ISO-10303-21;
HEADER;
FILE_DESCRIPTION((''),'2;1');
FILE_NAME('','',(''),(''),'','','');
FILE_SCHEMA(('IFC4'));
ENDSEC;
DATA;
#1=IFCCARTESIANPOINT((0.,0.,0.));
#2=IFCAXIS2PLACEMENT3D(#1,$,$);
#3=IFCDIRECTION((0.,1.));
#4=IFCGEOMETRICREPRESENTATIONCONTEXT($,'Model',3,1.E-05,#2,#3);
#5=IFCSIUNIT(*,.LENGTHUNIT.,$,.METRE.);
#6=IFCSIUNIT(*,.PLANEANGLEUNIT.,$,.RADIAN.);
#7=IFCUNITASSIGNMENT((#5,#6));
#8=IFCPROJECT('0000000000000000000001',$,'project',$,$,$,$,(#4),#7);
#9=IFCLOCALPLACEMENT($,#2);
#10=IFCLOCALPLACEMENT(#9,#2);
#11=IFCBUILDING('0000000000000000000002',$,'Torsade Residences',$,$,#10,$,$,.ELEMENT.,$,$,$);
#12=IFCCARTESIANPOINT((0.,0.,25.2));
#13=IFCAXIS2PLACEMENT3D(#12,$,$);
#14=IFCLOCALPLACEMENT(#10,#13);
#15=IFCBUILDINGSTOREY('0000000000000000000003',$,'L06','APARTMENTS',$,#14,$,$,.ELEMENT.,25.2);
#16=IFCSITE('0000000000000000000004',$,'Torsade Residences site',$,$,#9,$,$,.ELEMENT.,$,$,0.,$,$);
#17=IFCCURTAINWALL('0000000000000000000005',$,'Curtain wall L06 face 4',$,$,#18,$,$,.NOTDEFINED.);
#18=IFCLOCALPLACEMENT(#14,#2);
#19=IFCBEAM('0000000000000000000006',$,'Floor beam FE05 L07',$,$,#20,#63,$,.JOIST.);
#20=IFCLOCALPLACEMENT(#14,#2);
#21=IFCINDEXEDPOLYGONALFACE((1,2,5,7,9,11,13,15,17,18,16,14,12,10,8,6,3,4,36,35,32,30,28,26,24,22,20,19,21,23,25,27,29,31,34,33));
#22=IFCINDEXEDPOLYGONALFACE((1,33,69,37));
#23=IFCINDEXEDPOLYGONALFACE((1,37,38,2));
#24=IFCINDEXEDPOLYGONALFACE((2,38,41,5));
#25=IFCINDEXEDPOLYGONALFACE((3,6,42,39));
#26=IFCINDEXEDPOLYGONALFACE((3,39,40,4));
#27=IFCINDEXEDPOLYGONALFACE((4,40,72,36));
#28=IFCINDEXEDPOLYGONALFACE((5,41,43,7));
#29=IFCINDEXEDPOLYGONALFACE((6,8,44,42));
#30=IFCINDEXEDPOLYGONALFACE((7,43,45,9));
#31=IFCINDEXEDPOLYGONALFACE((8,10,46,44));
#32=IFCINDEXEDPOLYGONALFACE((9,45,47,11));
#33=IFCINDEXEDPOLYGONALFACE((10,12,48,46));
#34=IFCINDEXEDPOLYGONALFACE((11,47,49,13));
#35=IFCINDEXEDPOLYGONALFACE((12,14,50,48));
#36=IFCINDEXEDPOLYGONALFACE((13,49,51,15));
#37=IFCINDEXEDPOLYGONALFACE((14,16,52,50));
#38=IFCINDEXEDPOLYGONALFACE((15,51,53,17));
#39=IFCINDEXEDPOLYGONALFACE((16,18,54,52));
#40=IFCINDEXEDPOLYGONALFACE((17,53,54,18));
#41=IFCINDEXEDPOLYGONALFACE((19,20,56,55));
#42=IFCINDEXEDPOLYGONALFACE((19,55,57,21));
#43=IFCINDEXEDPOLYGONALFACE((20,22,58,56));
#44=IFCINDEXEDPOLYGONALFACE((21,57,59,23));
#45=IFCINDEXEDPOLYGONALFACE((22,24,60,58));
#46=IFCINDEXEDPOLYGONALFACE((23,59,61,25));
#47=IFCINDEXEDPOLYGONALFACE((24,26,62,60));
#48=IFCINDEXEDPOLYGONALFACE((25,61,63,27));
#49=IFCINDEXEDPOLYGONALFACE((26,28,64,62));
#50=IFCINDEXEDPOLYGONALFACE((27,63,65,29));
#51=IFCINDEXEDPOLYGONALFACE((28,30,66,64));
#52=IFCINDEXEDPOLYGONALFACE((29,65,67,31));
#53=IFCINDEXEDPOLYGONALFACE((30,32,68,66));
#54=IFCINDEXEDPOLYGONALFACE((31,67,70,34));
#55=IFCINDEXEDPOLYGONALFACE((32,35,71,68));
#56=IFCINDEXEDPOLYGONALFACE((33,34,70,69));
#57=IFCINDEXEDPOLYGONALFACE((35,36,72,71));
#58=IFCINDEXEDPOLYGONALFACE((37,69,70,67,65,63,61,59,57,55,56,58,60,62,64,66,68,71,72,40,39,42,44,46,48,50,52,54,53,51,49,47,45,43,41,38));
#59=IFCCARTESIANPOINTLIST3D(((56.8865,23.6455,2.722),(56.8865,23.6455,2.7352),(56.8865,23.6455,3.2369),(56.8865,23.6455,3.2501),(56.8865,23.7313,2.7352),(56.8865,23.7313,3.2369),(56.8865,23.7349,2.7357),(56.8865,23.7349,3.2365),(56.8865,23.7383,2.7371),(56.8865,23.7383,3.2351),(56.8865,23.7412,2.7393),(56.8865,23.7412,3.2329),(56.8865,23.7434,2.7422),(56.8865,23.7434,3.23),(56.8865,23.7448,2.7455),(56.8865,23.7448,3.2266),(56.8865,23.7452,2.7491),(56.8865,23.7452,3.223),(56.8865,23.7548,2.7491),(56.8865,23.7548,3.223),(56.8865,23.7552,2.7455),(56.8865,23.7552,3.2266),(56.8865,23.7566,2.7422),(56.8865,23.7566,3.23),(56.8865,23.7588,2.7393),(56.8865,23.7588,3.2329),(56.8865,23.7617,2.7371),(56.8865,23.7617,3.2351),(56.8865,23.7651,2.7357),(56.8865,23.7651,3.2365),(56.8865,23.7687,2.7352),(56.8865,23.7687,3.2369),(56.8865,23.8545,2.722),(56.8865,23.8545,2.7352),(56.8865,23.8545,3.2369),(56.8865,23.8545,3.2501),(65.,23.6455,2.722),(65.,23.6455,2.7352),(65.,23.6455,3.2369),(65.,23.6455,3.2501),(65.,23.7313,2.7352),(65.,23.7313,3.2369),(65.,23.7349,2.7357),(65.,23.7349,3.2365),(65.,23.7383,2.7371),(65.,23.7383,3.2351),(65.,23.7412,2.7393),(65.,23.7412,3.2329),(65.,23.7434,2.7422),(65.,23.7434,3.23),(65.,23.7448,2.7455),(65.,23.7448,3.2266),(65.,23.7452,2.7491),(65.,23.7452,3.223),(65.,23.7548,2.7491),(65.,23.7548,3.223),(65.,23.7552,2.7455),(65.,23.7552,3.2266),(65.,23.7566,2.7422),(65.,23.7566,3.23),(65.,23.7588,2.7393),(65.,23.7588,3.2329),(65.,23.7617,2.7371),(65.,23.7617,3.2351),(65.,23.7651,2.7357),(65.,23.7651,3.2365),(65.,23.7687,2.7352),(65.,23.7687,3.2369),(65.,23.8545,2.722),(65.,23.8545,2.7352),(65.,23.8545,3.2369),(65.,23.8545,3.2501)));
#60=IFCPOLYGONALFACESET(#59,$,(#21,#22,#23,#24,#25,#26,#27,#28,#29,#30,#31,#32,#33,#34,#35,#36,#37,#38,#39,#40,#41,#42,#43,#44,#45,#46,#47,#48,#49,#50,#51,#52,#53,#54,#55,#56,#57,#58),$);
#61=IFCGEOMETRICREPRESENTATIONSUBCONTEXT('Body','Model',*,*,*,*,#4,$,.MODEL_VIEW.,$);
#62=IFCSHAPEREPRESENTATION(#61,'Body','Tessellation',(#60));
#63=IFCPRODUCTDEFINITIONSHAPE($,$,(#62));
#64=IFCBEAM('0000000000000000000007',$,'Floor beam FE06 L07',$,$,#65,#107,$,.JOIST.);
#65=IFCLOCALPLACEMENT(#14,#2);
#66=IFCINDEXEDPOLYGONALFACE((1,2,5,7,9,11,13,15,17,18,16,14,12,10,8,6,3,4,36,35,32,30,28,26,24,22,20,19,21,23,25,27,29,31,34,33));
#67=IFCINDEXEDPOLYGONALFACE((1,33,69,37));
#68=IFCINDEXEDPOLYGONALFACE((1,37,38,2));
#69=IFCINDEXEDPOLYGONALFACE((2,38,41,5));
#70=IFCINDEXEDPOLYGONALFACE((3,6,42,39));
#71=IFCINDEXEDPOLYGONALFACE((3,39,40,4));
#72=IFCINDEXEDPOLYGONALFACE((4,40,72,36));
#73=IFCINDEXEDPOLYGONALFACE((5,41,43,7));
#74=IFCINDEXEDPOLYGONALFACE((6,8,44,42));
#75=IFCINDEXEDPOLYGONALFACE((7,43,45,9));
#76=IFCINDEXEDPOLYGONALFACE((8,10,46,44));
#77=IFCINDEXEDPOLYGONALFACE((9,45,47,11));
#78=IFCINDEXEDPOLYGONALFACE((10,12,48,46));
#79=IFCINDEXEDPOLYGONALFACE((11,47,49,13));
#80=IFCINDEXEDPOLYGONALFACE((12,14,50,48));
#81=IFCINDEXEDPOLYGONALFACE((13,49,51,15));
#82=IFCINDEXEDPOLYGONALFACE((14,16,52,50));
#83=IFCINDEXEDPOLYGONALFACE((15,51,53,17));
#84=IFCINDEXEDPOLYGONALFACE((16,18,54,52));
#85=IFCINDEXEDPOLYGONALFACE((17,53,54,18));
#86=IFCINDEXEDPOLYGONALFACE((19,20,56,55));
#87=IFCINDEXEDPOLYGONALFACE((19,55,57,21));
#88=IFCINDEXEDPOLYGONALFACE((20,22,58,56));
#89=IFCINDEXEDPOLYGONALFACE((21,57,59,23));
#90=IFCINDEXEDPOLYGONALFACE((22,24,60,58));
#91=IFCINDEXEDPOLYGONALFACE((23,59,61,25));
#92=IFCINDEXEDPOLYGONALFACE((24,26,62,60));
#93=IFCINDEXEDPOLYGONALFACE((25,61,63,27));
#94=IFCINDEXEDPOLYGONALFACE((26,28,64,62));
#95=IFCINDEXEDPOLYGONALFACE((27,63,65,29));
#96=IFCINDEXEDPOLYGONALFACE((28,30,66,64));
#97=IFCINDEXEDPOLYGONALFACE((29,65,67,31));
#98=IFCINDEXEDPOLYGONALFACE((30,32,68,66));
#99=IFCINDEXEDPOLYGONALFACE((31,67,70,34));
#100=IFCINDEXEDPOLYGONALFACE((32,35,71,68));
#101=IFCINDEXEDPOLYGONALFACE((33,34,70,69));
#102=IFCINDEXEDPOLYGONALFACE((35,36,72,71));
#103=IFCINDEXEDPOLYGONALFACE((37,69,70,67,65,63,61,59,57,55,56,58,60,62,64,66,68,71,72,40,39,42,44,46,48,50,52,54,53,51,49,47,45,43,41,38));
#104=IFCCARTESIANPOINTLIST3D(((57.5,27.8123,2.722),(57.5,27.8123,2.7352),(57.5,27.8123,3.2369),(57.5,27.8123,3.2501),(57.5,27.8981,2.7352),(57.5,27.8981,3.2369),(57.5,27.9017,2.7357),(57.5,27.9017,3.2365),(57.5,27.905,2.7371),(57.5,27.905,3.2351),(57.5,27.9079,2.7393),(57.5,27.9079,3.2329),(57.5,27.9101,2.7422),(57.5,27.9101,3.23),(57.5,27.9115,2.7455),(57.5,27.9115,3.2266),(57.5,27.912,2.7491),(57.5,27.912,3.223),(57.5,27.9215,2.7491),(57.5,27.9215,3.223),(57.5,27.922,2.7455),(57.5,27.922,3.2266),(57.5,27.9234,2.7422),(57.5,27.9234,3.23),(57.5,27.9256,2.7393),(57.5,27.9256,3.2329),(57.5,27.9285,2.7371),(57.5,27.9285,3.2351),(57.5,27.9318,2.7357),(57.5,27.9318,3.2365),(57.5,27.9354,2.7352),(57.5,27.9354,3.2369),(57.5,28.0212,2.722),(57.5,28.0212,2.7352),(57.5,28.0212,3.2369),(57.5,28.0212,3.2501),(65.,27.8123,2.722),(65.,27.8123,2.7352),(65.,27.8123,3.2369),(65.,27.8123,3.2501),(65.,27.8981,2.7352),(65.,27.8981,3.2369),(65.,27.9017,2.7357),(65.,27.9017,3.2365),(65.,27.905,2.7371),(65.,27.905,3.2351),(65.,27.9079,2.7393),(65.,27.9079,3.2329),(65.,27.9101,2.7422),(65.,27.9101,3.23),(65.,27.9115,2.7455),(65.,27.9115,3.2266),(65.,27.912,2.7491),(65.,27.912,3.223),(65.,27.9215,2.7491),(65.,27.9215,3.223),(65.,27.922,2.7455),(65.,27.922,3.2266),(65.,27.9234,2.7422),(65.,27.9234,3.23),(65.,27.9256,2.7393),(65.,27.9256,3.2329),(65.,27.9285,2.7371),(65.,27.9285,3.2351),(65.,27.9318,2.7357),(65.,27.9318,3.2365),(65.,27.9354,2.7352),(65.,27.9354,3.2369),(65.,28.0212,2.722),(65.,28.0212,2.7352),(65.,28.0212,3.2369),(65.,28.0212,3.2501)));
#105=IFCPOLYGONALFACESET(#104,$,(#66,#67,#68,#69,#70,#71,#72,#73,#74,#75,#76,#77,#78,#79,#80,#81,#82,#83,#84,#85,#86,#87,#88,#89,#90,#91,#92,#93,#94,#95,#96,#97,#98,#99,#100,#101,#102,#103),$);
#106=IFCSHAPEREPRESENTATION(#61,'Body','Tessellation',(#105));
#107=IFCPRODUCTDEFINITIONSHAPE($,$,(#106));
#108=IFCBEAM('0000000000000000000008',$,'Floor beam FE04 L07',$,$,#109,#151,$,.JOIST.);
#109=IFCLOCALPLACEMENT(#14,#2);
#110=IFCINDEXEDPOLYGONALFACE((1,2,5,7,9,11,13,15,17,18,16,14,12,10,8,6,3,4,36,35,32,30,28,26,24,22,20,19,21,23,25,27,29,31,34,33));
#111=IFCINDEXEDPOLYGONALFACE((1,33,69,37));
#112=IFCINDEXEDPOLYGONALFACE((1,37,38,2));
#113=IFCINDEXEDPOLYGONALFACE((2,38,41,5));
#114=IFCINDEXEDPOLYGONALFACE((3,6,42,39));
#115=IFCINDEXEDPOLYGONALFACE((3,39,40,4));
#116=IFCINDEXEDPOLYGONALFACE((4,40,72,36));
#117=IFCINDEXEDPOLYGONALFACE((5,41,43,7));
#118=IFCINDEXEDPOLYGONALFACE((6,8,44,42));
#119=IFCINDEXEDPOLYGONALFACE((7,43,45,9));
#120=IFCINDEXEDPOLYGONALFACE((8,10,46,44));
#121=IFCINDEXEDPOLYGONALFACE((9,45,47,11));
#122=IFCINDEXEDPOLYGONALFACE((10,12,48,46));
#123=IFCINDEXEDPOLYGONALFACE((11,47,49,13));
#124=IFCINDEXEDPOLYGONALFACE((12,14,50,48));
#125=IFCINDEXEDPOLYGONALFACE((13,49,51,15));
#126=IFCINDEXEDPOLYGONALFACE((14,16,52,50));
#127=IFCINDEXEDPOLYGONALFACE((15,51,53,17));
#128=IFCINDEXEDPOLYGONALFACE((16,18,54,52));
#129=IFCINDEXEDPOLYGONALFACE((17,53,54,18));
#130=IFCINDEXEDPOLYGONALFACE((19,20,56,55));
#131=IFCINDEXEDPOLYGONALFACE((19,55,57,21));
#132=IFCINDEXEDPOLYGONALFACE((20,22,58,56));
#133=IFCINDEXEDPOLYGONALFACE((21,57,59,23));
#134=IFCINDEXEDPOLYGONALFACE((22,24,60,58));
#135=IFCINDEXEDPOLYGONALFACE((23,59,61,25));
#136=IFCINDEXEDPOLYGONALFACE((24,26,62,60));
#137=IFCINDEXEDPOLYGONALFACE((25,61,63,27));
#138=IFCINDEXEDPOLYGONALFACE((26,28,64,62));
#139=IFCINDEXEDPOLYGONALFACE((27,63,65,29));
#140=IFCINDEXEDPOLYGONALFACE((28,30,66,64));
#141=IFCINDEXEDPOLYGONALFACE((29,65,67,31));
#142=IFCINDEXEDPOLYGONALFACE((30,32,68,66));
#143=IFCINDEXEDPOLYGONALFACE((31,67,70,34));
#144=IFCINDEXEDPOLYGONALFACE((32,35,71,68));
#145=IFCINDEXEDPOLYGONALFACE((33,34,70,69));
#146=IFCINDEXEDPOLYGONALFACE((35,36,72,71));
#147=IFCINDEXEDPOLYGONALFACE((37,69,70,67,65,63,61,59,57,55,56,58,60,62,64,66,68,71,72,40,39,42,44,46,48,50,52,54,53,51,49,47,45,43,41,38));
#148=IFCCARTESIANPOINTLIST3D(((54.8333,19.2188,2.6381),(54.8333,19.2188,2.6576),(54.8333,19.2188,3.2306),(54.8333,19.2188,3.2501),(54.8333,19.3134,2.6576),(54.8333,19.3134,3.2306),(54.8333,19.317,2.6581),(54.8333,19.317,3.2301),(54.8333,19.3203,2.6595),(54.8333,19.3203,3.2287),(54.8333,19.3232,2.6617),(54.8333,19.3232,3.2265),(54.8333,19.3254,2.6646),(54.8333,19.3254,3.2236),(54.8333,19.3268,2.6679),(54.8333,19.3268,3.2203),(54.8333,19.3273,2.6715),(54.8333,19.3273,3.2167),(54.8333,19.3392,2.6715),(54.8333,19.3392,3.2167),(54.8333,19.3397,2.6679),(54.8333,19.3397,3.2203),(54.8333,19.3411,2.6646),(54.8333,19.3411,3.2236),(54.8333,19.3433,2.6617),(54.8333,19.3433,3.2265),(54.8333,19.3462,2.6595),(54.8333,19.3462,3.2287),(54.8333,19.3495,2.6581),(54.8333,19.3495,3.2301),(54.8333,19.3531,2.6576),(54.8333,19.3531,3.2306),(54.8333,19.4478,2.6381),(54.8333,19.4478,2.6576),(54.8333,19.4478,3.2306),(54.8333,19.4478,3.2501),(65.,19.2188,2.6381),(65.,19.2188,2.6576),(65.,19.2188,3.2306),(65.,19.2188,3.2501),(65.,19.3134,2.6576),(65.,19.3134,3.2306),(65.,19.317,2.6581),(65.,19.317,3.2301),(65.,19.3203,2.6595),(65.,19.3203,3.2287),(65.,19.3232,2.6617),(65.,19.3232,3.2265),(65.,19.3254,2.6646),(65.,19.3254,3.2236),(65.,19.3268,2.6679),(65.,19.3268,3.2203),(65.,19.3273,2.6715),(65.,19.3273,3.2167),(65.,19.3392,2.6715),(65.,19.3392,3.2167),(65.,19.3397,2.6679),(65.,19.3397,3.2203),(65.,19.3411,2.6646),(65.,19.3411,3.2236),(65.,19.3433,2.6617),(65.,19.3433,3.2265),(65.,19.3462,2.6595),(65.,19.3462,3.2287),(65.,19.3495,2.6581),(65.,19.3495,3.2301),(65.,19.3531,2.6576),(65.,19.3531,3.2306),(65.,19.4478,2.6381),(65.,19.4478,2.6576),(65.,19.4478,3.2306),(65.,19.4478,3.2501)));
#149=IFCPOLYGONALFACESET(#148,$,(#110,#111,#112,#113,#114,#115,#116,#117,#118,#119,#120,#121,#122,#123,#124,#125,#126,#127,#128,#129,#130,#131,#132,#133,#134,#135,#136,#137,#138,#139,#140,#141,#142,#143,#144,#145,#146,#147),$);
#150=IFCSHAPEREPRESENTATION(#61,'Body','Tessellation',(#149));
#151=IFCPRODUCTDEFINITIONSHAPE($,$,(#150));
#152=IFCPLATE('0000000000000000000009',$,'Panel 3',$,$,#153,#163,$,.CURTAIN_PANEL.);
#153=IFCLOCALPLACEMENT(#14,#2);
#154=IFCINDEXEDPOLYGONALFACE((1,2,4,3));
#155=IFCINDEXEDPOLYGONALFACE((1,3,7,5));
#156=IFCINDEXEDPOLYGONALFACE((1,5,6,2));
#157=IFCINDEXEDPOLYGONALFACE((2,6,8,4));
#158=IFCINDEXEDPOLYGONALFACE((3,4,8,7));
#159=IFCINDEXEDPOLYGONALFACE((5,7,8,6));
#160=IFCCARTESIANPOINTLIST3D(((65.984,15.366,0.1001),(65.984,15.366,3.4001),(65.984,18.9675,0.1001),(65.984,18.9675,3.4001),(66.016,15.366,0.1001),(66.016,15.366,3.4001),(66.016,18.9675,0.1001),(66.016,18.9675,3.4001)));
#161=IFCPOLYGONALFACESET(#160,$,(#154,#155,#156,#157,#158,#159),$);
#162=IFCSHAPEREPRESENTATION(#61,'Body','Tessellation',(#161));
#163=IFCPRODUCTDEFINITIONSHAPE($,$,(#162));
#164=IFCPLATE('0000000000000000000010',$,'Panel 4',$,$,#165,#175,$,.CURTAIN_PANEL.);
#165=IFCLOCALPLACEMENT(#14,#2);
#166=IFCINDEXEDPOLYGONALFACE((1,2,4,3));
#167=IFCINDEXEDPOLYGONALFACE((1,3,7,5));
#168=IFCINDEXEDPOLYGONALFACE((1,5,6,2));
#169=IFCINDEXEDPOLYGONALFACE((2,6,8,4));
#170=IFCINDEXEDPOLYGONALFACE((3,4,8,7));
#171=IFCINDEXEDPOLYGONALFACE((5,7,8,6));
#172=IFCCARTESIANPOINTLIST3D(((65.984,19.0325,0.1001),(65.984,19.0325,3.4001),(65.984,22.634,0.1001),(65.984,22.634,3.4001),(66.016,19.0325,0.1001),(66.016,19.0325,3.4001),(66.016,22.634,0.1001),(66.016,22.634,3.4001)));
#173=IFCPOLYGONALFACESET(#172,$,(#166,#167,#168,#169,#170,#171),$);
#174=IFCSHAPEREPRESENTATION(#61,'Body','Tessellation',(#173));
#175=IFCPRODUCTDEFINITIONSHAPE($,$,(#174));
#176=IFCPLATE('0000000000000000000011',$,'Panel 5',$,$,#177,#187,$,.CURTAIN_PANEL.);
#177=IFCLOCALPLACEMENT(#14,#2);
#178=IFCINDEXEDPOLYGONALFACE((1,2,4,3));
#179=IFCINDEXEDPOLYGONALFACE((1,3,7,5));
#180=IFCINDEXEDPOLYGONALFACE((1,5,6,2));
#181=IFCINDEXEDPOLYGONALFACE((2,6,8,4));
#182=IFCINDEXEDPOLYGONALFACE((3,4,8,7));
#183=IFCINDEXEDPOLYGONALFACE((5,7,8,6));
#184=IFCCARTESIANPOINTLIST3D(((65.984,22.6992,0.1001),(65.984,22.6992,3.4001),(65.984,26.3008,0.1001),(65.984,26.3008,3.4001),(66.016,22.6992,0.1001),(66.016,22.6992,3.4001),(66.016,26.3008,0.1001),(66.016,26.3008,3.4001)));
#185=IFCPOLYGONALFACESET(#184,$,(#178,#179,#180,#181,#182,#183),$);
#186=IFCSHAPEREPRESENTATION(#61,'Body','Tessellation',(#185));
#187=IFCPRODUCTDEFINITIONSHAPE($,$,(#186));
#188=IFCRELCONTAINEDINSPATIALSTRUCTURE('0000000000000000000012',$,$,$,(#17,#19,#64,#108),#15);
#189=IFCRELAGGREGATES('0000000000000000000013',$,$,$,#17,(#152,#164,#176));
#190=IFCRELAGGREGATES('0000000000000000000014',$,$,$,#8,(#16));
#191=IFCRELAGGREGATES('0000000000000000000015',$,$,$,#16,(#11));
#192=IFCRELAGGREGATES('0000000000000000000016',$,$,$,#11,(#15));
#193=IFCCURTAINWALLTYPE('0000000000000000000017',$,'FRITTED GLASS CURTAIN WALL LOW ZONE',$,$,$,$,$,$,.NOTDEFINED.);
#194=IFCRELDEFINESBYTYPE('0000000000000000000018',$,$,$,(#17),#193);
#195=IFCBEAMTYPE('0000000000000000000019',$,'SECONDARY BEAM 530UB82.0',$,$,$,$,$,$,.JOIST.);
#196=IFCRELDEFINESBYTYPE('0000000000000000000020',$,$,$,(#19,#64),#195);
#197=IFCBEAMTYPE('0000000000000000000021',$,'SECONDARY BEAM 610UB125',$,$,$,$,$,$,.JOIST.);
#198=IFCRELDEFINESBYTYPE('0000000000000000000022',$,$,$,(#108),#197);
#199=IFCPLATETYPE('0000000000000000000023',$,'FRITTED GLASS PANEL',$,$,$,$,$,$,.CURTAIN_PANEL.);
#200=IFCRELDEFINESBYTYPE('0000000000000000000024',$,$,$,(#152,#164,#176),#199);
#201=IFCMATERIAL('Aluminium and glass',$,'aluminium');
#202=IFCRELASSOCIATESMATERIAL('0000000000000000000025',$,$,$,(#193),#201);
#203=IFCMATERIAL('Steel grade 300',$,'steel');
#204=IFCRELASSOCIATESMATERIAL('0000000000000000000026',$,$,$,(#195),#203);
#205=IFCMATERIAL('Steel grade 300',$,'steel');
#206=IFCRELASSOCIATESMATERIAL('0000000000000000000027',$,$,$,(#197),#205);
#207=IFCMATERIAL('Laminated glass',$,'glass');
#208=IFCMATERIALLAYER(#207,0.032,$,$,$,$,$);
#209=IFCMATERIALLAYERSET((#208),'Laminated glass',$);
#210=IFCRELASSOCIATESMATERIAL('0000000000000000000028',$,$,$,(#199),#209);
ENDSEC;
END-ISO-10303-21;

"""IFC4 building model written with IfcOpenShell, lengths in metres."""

from ifc_helpers import new_model, si_unit, direction, frame, origin, origin_2d, place, context, subcontext, project, spatial, rectangle, i_section, extrude, material, layer, layer_set, material_profile, profile_set, type_object, element, aggregate, save


model = new_model("IFC4")

# Units and contexts
model_context = context("Model", 3, precision=1e-05, world=origin(), true_north=direction((0.0, 1.0)))
body_context = subcontext(model_context, "Body", "Model", "MODEL_VIEW")
ifc_project = project(units=[si_unit("LENGTHUNIT", "METRE"), si_unit("PLANEANGLEUNIT", "RADIAN")], contexts=[model_context])

# Site, building, storey
site_placement = place(None, origin())
site = spatial("IfcSite", under=ifc_project, at=site_placement, Name="Torsade Residences site", CompositionType="ELEMENT", RefElevation=0.0)
building_placement = place(site_placement, origin())
building = spatial("IfcBuilding", under=site, at=building_placement, Name="Torsade Residences", CompositionType="ELEMENT")
storey_placement = place(building_placement, frame((0.0, 0.0, 25.2)))
storey = spatial("IfcBuildingStorey", under=building, at=storey_placement, Name="L06", Description="APARTMENTS", CompositionType="ELEMENT", Elevation=25.2)

# Curtain wall
ifc_material_1 = material(Name="Aluminium and glass", Category="aluminium")
curtain_wall_type = type_object("IfcCurtainWallType", Name="FRITTED GLASS CURTAIN WALL LOW ZONE", PredefinedType="NOTDEFINED", material=ifc_material_1)
curtain_wall_placement = place(storey_placement, origin())
curtain_wall = element("IfcCurtainWall", 1, at=curtain_wall_placement, inside=storey, type_object=curtain_wall_type, Name="Curtain wall L06 face 4", PredefinedType="NOTDEFINED")

# Beams
ifc_material_2 = material(Name="Steel grade 300", Category="steel")
ifc_material_profile_1 = material_profile(ifc_material_2, i_section(OverallWidth=0.209, OverallDepth=0.5281, WebThickness=0.0095, FlangeThickness=0.0132, FilletRadius=0.0139, at=origin_2d()), Name="530UB82.0")
ifc_profile_set_1 = profile_set([ifc_material_profile_1], Name="Steel grade 300")
beam_type_1 = type_object("IfcBeamType", Name="SECONDARY BEAM 530UB82.0", PredefinedType="JOIST", material=ifc_profile_set_1)
beam_1_placement = place(storey_placement, frame((65.0, 23.75, 2.9861), z_axis=(-1.0, 0.0, 0.0), x_axis=(0.0, -1.0, 0.0)))
element("IfcBeam", 2, at=beam_1_placement, inside=storey, type_object=beam_type_1, Name="Floor beam FE05 L07", PredefinedType="JOIST", context=body_context, shape_type="SweptSolid", body=[
    extrude(i_section(OverallWidth=0.209, OverallDepth=0.5281, WebThickness=0.0095, FlangeThickness=0.0132, FilletRadius=0.0139, at=origin_2d()), origin(), (0.0, 0.0, 1.0), 8.1135),
])
beam_2_placement = place(storey_placement, frame((65.0, 27.9167, 2.9861), z_axis=(-1.0, 0.0, 0.0), x_axis=(0.0, -1.0, 0.0)))
element("IfcBeam", 3, at=beam_2_placement, inside=storey, type_object=beam_type_1, Name="Floor beam FE06 L07", PredefinedType="JOIST", context=body_context, shape_type="SweptSolid", body=[
    extrude(i_section(OverallWidth=0.209, OverallDepth=0.5281, WebThickness=0.0095, FlangeThickness=0.0132, FilletRadius=0.0139, at=origin_2d()), origin(), (0.0, 0.0, 1.0), 7.5),
])
ifc_material_3 = material(Name="Steel grade 300", Category="steel")
ifc_material_profile_2 = material_profile(ifc_material_3, i_section(OverallWidth=0.229, OverallDepth=0.6121, WebThickness=0.012, FlangeThickness=0.0195, FilletRadius=0.0139, at=origin_2d()), Name="610UB125")
ifc_profile_set_2 = profile_set([ifc_material_profile_2], Name="Steel grade 300")
beam_type_2 = type_object("IfcBeamType", Name="SECONDARY BEAM 610UB125", PredefinedType="JOIST", material=ifc_profile_set_2)
beam_3_placement = place(storey_placement, frame((65.0, 19.3333, 2.9441), z_axis=(-1.0, 0.0, 0.0), x_axis=(0.0, -1.0, 0.0)))
element("IfcBeam", 4, at=beam_3_placement, inside=storey, type_object=beam_type_2, Name="Floor beam FE04 L07", PredefinedType="JOIST", context=body_context, shape_type="SweptSolid", body=[
    extrude(i_section(OverallWidth=0.229, OverallDepth=0.6121, WebThickness=0.012, FlangeThickness=0.0195, FilletRadius=0.0139, at=origin_2d()), origin(), (0.0, 0.0, 1.0), 10.1667),
])

# Plates
ifc_material_4 = material(Name="Laminated glass", Category="glass")
ifc_layer_1 = layer(ifc_material_4, 0.032)
ifc_layer_set_1 = layer_set([ifc_layer_1], Name="Laminated glass")
plate_type = type_object("IfcPlateType", Name="FRITTED GLASS PANEL", PredefinedType="CURTAIN_PANEL", material=ifc_layer_set_1)
plate_1_placement = place(storey_placement, frame((66.0, 17.1667, 0.1001), z_axis=(0.0, 0.0, 1.0), x_axis=(0.0, 1.0, 0.0)))
plate_1 = element("IfcPlate", 5, at=plate_1_placement, type_object=plate_type, Name="Panel 3", PredefinedType="CURTAIN_PANEL", context=body_context, shape_type="SweptSolid", body=[
    extrude(rectangle(XDim=3.6016, YDim=0.032, at=origin_2d()), origin(), (0.0, 0.0, 1.0), 3.3),
])
plate_2_placement = place(storey_placement, frame((66.0, 20.8333, 0.1001), z_axis=(0.0, 0.0, 1.0), x_axis=(0.0, 1.0, 0.0)))
plate_2 = element("IfcPlate", 6, at=plate_2_placement, type_object=plate_type, Name="Panel 4", PredefinedType="CURTAIN_PANEL", context=body_context, shape_type="SweptSolid", body=[
    extrude(rectangle(XDim=3.6016, YDim=0.032, at=origin_2d()), origin(), (0.0, 0.0, 1.0), 3.3),
])
plate_3_placement = place(storey_placement, frame((66.0, 24.5, 0.1001), z_axis=(0.0, 0.0, 1.0), x_axis=(0.0, 1.0, 0.0)))
plate_3 = element("IfcPlate", 7, at=plate_3_placement, type_object=plate_type, Name="Panel 5", PredefinedType="CURTAIN_PANEL", context=body_context, shape_type="SweptSolid", body=[
    extrude(rectangle(XDim=3.6016, YDim=0.032, at=origin_2d()), origin(), (0.0, 0.0, 1.0), 3.3),
])
aggregate(curtain_wall, [plate_1, plate_2, plate_3])

save(model, "model.ifc")
